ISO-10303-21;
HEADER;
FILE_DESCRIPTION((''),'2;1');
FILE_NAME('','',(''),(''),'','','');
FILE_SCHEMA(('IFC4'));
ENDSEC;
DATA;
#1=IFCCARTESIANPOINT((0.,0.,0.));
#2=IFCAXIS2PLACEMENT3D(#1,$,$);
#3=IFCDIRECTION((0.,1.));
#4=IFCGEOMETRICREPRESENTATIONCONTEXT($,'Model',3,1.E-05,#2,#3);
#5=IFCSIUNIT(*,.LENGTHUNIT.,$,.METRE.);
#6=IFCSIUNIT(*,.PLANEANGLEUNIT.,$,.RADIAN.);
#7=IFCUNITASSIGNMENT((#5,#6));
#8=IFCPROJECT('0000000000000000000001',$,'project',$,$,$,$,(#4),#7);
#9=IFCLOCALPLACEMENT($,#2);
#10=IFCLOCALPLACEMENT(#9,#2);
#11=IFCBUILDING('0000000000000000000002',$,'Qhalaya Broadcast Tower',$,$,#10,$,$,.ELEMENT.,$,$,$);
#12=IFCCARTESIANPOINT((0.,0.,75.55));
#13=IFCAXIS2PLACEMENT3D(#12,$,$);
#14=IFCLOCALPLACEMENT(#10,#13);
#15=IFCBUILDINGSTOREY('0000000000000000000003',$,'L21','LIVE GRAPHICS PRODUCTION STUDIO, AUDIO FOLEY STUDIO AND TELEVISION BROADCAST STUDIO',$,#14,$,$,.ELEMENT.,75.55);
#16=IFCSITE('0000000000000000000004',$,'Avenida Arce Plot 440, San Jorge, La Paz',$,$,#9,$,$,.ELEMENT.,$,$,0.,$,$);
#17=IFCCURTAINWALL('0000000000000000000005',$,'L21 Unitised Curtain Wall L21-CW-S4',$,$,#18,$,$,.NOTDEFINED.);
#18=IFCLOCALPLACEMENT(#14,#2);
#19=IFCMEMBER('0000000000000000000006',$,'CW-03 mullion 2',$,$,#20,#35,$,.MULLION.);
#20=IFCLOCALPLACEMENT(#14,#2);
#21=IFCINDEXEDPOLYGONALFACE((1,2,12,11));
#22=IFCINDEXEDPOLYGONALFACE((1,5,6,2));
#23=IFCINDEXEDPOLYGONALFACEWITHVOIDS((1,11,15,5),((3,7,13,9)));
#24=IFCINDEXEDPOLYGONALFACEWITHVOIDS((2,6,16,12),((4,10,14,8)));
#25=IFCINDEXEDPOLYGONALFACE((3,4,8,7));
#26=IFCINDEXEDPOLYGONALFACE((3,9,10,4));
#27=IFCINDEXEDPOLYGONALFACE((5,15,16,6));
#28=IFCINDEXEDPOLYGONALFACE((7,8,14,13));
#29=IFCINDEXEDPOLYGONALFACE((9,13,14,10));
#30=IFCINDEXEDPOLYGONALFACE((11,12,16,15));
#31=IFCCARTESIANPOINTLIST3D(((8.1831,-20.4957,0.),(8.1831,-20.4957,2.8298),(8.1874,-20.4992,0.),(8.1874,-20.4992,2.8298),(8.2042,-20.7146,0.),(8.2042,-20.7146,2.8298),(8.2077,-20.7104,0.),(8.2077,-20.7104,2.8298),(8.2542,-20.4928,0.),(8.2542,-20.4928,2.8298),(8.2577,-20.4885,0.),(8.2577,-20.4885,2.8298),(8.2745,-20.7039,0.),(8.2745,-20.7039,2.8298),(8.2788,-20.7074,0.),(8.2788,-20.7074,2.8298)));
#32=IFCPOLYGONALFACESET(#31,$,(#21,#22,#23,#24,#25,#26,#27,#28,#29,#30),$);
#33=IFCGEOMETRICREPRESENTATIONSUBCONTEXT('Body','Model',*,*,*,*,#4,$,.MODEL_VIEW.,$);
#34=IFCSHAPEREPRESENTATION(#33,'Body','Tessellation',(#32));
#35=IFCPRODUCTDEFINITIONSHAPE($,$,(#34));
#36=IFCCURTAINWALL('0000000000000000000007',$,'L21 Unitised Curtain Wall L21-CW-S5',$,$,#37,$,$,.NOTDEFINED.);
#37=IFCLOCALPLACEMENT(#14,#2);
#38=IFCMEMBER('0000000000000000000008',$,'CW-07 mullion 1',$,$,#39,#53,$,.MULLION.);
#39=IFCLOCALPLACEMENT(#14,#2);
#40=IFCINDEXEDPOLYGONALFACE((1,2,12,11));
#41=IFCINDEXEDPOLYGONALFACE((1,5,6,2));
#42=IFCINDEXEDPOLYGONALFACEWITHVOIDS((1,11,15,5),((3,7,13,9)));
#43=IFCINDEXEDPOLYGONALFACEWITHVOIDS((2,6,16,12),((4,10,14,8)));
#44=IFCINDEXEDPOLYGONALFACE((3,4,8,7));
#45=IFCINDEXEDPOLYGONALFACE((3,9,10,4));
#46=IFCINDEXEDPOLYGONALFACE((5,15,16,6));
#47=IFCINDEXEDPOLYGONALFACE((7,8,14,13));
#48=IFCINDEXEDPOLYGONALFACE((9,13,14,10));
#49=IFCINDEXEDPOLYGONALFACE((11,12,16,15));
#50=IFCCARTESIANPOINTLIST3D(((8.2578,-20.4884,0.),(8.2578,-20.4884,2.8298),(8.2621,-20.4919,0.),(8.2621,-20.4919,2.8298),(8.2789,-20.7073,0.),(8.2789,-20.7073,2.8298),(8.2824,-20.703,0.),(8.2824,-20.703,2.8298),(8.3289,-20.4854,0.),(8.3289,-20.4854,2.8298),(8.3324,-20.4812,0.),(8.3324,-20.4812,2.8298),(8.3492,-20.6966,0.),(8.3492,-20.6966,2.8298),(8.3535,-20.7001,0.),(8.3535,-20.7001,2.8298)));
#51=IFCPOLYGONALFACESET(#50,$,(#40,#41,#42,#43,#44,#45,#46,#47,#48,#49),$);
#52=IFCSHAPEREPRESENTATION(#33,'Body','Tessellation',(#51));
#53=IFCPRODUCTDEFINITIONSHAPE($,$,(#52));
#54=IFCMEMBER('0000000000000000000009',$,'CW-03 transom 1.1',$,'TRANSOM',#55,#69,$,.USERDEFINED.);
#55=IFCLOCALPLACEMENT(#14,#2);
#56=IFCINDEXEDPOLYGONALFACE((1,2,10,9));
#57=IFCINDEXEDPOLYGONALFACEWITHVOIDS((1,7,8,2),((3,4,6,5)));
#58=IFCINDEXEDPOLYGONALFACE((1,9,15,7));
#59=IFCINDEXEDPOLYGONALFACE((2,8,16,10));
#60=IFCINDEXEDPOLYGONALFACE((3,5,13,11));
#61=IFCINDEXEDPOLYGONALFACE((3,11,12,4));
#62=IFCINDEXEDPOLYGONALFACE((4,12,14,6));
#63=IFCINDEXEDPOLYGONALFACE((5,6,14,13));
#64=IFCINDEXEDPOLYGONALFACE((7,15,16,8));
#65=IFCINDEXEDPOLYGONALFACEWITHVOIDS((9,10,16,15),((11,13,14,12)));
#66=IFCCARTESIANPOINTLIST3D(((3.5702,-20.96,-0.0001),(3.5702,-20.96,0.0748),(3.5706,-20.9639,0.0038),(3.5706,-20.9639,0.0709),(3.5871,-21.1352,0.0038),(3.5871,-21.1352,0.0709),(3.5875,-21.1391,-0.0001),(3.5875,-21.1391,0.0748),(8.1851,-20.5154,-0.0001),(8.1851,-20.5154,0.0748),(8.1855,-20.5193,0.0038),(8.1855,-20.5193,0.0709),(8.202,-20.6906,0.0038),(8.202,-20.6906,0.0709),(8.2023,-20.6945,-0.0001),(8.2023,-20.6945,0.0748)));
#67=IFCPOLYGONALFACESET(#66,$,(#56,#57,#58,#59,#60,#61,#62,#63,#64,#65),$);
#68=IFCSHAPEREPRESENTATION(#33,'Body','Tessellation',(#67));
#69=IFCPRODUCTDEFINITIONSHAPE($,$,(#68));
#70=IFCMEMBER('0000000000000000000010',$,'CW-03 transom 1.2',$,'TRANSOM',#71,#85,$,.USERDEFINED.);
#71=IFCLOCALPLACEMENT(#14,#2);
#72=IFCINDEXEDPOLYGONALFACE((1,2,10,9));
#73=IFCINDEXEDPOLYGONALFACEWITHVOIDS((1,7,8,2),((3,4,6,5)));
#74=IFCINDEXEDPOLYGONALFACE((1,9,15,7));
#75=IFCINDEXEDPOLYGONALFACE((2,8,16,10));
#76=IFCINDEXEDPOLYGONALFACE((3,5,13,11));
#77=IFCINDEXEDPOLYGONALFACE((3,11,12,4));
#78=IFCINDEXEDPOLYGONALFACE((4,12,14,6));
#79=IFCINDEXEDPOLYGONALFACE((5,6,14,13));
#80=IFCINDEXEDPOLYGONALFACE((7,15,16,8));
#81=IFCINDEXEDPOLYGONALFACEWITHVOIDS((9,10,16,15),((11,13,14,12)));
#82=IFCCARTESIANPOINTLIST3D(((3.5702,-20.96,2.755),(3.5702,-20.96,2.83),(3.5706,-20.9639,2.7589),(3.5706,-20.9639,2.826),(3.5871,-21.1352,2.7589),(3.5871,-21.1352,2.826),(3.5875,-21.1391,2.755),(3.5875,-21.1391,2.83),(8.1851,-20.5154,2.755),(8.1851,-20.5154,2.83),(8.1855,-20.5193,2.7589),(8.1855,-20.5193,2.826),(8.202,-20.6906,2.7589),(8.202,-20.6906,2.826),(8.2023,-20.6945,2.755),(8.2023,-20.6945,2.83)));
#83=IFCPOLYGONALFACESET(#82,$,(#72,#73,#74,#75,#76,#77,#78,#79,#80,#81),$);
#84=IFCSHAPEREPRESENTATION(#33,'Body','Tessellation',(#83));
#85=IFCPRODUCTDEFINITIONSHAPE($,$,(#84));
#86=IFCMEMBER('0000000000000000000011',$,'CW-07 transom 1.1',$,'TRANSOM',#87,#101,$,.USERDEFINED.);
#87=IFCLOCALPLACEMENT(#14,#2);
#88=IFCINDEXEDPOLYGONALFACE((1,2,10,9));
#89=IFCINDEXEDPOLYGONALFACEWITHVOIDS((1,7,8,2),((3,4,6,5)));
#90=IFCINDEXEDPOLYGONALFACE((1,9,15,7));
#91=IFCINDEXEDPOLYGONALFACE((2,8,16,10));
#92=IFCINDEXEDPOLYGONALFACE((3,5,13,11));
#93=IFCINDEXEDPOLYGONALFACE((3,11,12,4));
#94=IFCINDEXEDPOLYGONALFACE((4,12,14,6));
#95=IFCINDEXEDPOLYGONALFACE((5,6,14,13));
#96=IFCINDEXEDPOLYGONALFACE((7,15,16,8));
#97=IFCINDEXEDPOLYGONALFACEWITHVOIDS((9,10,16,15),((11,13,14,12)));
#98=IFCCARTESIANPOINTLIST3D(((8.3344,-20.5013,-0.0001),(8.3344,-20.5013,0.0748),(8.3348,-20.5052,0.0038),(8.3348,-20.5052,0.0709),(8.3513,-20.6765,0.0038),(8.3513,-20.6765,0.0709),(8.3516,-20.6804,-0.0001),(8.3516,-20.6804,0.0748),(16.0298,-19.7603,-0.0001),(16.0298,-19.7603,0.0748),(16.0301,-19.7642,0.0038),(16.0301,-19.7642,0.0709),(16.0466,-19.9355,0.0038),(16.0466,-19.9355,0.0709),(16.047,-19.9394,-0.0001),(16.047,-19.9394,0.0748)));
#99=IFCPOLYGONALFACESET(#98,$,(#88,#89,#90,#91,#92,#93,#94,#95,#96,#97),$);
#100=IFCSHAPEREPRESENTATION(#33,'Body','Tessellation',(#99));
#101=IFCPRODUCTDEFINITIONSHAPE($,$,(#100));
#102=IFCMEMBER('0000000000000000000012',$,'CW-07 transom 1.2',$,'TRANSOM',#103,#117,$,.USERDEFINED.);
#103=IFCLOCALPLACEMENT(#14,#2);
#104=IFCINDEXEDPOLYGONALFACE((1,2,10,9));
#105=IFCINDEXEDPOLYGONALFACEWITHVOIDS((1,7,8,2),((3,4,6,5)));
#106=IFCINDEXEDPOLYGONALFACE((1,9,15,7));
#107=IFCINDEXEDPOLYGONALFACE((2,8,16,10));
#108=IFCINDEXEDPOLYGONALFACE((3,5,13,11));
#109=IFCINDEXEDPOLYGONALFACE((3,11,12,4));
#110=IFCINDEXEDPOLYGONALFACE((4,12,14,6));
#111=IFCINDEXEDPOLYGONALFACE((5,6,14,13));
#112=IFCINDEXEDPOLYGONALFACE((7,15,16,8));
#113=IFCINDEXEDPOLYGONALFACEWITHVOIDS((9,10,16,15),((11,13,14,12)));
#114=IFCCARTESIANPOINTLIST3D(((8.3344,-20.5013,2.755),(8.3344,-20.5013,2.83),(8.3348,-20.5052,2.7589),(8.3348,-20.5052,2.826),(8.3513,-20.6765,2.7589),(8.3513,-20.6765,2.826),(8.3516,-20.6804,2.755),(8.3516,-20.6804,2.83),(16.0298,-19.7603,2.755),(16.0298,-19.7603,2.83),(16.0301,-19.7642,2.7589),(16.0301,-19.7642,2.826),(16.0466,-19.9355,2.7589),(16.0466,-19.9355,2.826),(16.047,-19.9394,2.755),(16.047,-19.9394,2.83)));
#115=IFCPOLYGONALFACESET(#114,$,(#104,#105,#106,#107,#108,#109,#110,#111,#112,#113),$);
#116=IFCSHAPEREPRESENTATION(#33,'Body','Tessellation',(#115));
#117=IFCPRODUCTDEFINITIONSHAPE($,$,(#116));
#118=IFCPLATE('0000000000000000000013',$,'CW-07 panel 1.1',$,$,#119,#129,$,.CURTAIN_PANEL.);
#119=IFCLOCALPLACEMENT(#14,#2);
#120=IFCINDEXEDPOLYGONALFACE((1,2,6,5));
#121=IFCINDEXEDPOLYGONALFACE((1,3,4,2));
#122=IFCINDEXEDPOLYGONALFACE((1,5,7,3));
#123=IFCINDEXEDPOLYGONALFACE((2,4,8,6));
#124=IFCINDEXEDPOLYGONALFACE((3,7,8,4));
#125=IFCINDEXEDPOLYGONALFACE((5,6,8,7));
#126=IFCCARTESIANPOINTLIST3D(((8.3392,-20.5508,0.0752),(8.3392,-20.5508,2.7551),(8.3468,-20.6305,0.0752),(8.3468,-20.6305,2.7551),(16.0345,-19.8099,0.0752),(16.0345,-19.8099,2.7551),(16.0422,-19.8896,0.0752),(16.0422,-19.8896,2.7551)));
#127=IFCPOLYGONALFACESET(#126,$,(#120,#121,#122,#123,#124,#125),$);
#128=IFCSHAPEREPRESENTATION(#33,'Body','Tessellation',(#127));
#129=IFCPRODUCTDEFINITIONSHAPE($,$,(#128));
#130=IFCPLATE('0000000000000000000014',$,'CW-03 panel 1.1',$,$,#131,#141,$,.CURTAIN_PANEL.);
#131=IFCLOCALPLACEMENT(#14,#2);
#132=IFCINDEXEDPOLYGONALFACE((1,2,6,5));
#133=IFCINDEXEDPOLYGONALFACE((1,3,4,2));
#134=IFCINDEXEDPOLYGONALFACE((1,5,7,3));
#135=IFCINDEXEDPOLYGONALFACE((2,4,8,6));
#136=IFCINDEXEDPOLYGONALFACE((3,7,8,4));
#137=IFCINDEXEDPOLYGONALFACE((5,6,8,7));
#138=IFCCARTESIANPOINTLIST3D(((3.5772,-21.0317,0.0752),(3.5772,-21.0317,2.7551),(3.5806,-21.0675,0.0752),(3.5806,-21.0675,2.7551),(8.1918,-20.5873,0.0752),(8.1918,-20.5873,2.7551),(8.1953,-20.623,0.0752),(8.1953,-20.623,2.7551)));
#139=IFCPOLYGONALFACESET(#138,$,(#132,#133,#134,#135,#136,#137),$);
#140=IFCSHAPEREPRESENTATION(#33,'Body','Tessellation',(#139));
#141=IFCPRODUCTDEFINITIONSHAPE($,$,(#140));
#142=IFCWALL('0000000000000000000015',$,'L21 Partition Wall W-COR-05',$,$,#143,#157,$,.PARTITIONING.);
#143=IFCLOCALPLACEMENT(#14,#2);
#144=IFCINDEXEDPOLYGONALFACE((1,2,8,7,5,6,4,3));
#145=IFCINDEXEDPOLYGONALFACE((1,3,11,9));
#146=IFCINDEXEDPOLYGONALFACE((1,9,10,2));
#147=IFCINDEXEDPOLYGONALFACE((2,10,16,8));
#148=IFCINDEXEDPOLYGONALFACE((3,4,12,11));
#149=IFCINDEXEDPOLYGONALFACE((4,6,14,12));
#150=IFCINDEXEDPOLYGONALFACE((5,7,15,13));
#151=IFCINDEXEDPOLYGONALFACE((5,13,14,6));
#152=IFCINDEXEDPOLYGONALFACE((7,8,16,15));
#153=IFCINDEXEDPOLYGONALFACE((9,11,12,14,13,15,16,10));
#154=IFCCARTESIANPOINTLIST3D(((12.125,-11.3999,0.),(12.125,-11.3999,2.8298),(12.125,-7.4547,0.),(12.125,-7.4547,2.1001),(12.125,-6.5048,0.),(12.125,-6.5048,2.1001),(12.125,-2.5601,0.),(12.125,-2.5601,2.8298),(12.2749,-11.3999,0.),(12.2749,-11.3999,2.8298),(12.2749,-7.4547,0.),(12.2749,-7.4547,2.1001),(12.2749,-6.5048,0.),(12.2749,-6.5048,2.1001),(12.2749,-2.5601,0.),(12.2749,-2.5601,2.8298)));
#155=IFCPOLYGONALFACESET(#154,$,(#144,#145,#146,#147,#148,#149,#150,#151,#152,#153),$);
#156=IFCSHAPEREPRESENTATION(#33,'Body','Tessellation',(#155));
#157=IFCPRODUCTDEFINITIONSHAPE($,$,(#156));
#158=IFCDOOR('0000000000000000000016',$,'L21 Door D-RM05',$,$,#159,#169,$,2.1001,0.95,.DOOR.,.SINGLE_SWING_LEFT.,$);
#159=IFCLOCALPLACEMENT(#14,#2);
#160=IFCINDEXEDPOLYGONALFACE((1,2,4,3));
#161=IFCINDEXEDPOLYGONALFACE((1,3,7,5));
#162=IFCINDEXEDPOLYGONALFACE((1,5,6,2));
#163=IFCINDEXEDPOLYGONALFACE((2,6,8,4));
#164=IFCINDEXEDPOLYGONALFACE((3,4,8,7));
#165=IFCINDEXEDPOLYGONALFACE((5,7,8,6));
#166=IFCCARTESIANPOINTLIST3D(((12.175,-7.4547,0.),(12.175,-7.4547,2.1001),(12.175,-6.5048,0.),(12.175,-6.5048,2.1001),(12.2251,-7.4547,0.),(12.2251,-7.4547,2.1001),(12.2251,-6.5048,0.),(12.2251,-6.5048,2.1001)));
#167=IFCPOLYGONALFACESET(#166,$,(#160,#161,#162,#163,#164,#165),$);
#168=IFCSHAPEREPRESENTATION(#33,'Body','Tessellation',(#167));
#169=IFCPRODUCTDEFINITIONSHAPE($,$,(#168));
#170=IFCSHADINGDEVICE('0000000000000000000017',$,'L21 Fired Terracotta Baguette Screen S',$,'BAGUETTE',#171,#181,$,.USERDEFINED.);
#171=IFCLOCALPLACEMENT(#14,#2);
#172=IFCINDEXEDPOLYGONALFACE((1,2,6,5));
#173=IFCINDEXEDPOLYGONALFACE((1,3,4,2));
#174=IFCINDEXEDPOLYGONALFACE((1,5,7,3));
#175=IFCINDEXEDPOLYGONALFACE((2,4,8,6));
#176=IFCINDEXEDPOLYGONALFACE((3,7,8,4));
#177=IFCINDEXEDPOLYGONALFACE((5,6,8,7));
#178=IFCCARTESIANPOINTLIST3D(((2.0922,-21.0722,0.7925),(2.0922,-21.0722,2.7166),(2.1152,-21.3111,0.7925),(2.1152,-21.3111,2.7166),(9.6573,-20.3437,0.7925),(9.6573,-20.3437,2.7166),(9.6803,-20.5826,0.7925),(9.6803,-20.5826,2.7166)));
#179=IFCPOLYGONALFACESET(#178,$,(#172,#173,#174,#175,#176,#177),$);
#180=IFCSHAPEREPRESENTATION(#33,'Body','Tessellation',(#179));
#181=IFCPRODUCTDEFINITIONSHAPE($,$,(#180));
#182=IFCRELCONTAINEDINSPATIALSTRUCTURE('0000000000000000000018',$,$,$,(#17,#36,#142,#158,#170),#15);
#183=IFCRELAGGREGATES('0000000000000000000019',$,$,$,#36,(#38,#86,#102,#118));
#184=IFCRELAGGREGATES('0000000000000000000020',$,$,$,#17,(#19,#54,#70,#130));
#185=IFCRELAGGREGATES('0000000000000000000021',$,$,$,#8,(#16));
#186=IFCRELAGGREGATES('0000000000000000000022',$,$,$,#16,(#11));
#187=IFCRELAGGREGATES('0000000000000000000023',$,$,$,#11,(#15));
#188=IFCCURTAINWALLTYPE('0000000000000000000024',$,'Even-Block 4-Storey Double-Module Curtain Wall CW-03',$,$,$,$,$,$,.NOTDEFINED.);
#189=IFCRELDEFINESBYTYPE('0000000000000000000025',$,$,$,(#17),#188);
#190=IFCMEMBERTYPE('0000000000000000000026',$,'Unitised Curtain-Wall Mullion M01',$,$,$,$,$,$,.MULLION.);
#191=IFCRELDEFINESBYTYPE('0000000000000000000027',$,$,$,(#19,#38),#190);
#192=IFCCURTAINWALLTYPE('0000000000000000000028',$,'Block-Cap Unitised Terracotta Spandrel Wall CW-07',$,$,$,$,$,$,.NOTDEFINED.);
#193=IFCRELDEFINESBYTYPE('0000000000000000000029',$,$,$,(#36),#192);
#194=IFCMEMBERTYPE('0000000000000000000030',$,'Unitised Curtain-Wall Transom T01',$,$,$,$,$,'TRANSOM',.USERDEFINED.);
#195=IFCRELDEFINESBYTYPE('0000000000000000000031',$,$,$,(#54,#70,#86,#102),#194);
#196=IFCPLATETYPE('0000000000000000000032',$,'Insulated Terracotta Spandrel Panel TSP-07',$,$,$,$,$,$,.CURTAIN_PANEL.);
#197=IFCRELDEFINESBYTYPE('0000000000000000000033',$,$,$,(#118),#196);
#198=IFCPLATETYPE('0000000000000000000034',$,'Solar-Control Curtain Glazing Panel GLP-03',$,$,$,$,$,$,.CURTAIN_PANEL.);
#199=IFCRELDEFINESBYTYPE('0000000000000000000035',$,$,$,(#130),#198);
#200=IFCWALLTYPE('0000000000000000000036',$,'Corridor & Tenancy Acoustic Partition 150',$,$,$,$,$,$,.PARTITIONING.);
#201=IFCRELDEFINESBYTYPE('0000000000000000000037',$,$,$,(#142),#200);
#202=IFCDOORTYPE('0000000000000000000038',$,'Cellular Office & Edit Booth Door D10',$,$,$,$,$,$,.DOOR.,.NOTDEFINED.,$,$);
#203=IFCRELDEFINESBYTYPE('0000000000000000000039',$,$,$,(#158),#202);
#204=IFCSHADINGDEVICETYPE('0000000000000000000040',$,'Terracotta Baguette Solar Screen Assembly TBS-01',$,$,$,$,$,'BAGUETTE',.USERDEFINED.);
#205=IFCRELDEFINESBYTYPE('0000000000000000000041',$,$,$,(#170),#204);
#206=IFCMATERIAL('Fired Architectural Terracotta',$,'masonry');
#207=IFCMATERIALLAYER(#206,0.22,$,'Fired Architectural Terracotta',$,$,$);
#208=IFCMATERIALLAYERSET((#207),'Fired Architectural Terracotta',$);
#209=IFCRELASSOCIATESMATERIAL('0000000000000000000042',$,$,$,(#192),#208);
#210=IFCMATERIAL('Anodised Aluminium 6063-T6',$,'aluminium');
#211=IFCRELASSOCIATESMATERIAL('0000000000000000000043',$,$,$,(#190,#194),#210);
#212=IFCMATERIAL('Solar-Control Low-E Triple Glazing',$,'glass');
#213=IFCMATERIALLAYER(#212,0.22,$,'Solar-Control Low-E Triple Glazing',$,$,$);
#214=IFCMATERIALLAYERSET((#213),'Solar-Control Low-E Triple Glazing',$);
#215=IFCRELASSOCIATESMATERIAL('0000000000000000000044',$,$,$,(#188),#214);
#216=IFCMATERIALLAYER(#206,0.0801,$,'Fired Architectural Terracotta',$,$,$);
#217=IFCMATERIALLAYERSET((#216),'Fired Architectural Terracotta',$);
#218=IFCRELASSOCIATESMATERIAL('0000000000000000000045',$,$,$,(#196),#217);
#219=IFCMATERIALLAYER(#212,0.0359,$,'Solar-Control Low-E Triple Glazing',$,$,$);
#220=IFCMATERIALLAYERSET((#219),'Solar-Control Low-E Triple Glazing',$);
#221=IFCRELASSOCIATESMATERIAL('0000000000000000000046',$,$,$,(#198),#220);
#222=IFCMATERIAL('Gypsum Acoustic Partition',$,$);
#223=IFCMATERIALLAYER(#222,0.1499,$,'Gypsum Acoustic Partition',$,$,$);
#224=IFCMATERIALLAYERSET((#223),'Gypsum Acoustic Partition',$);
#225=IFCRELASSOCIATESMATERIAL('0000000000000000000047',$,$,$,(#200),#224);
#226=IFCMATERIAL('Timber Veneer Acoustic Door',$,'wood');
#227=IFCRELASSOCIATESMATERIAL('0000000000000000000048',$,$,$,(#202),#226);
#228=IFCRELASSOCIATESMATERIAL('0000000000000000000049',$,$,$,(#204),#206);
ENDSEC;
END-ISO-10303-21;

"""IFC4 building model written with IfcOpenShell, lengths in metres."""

from ifc_helpers import new_model, si_unit, direction, frame, frame_2d, origin, origin_2d, place, context, subcontext, project, spatial, rectangle, hollow_rectangle, extrude, material, layer, layer_set, material_profile, profile_set, type_object, element, fill, aggregate, save


model = new_model("IFC4")

# Units and contexts
model_context = context("Model", 3, precision=1e-05, world=origin(), true_north=direction((0.0, 1.0)))
body_context = subcontext(model_context, "Body", "Model", "MODEL_VIEW")
ifc_project = project(units=[si_unit("LENGTHUNIT", "METRE"), si_unit("PLANEANGLEUNIT", "RADIAN")], contexts=[model_context])

# Site, building, storey
site_placement = place(None, origin())
site = spatial("IfcSite", under=ifc_project, at=site_placement, Name="Avenida Arce Plot 440, San Jorge, La Paz", CompositionType="ELEMENT", RefElevation=0.0)
building_placement = place(site_placement, origin())
building = spatial("IfcBuilding", under=site, at=building_placement, Name="Qhalaya Broadcast Tower", CompositionType="ELEMENT")
storey_placement = place(building_placement, frame((0.0, 0.0, 75.55)))
storey = spatial("IfcBuildingStorey", under=building, at=storey_placement, Name="L21", Description="LIVE GRAPHICS PRODUCTION STUDIO, AUDIO FOLEY STUDIO AND TELEVISION BROADCAST STUDIO", CompositionType="ELEMENT", Elevation=75.55)

# Shared definitions
ifc_material_1 = material(Name="Fired Architectural Terracotta", Category="masonry")
ifc_layer_1 = layer(ifc_material_1, 0.22, Name="Fired Architectural Terracotta")
ifc_layer_set_1 = layer_set([ifc_layer_1], Name="Fired Architectural Terracotta")
curtain_wall_type_1 = type_object("IfcCurtainWallType", Name="Block-Cap Unitised Terracotta Spandrel Wall CW-07", PredefinedType="NOTDEFINED", material=ifc_layer_set_1)
ifc_material_2 = material(Name="Anodised Aluminium 6063-T6", Category="aluminium")
ifc_material_profile_1 = material_profile(ifc_material_2, hollow_rectangle(XDim=0.075, YDim=0.22, WallThickness=0.0039, at=origin_2d()), Name="ALU-MUL 75x220x4")
ifc_profile_set_1 = profile_set([ifc_material_profile_1], Name="Anodised Aluminium 6063-T6")
member_type_1 = type_object("IfcMemberType", Name="Unitised Curtain-Wall Mullion M01", PredefinedType="MULLION", material=ifc_profile_set_1)

# Curtain wall, member
ifc_material_3 = material(Name="Solar-Control Low-E Triple Glazing", Category="glass")
ifc_layer_2 = layer(ifc_material_3, 0.22, Name="Solar-Control Low-E Triple Glazing")
ifc_layer_set_2 = layer_set([ifc_layer_2], Name="Solar-Control Low-E Triple Glazing")
curtain_wall_type_2 = type_object("IfcCurtainWallType", Name="Even-Block 4-Storey Double-Module Curtain Wall CW-03", PredefinedType="NOTDEFINED", material=ifc_layer_set_2)
curtain_wall_1_placement = place(storey_placement, origin())
curtain_wall_1 = element("IfcCurtainWall", 1, at=curtain_wall_1_placement, inside=storey, type_object=curtain_wall_type_2, Name="L21 Unitised Curtain Wall L21-CW-S4", PredefinedType="NOTDEFINED")
member_1_placement = place(storey_placement, frame((8.231, -20.6016, 0.0), z_axis=(0.0, 0.0, 1.0), x_axis=(0.995395, 0.095862, 0.0)))
member_1 = element("IfcMember", 2, at=member_1_placement, type_object=member_type_1, Name="CW-03 mullion 2", PredefinedType="MULLION", context=body_context, shape_type="SweptSolid", body=[
    extrude(hollow_rectangle(XDim=0.075, YDim=0.22, WallThickness=0.0039, at=origin_2d()), origin(), (0.0, 0.0, 1.0), 2.8298),
])

# Curtain wall, member
curtain_wall_2_placement = place(storey_placement, origin())
curtain_wall_2 = element("IfcCurtainWall", 3, at=curtain_wall_2_placement, inside=storey, type_object=curtain_wall_type_1, Name="L21 Unitised Curtain Wall L21-CW-S5", PredefinedType="NOTDEFINED")
member_2_placement = place(storey_placement, frame((8.3057, -20.5942, 0.0), z_axis=(0.0, 0.0, 1.0), x_axis=(0.995397, 0.095838, 0.0)))
member_2 = element("IfcMember", 4, at=member_2_placement, type_object=member_type_1, Name="CW-07 mullion 1", PredefinedType="MULLION", context=body_context, shape_type="SweptSolid", body=[
    extrude(hollow_rectangle(XDim=0.075, YDim=0.22, WallThickness=0.0039, at=origin_2d()), origin(), (0.0, 0.0, 1.0), 2.8298),
])

# Members
ifc_material_profile_2 = material_profile(ifc_material_2, hollow_rectangle(XDim=0.075, YDim=0.1799, WallThickness=0.0039, at=origin_2d()), Name="ALU-TRN 75x180x4")
ifc_profile_set_2 = profile_set([ifc_material_profile_2], Name="Anodised Aluminium 6063-T6")
member_type_2 = type_object("IfcMemberType", Name="Unitised Curtain-Wall Transom T01", ElementType="TRANSOM", PredefinedType="USERDEFINED", material=ifc_profile_set_2)
member_3_placement = place(storey_placement, frame((3.5789, -21.0496, 0.0374), z_axis=(0.995391, 0.095895, 0.0), x_axis=(0.0, 0.0, 1.0)))
member_3 = element("IfcMember", 5, at=member_3_placement, type_object=member_type_2, Name="CW-03 transom 1.1", ObjectType="TRANSOM", PredefinedType="USERDEFINED", context=body_context, shape_type="SweptSolid", body=[
    extrude(hollow_rectangle(XDim=0.075, YDim=0.1799, WallThickness=0.0039, at=origin_2d()), origin(), (0.0, 0.0, 1.0), 4.6362),
])
member_4_placement = place(storey_placement, frame((3.5789, -21.0496, 2.7925), z_axis=(0.995391, 0.095895, 0.0), x_axis=(0.0, 0.0, 1.0)))
member_4 = element("IfcMember", 6, at=member_4_placement, type_object=member_type_2, Name="CW-03 transom 1.2", ObjectType="TRANSOM", PredefinedType="USERDEFINED", context=body_context, shape_type="SweptSolid", body=[
    extrude(hollow_rectangle(XDim=0.075, YDim=0.1799, WallThickness=0.0039, at=origin_2d()), origin(), (0.0, 0.0, 1.0), 4.6362),
])
member_5_placement = place(storey_placement, frame((8.343, -20.5908, 0.0374), z_axis=(0.995396, 0.095845, 0.0), x_axis=(0.0, 0.0, 1.0)))
member_5 = element("IfcMember", 7, at=member_5_placement, type_object=member_type_2, Name="CW-07 transom 1.1", ObjectType="TRANSOM", PredefinedType="USERDEFINED", context=body_context, shape_type="SweptSolid", body=[
    extrude(hollow_rectangle(XDim=0.075, YDim=0.1799, WallThickness=0.0039, at=origin_2d()), origin(), (0.0, 0.0, 1.0), 7.731),
])
member_6_placement = place(storey_placement, frame((8.343, -20.5908, 2.7925), z_axis=(0.995396, 0.095845, 0.0), x_axis=(0.0, 0.0, 1.0)))
member_6 = element("IfcMember", 8, at=member_6_placement, type_object=member_type_2, Name="CW-07 transom 1.2", ObjectType="TRANSOM", PredefinedType="USERDEFINED", context=body_context, shape_type="SweptSolid", body=[
    extrude(hollow_rectangle(XDim=0.075, YDim=0.1799, WallThickness=0.0039, at=origin_2d()), origin(), (0.0, 0.0, 1.0), 7.731),
])

# Plates
ifc_layer_3 = layer(ifc_material_1, 0.0801, Name="Fired Architectural Terracotta")
ifc_layer_set_3 = layer_set([ifc_layer_3], Name="Fired Architectural Terracotta")
plate_type_1 = type_object("IfcPlateType", Name="Insulated Terracotta Spandrel Panel TSP-07", PredefinedType="CURTAIN_PANEL", material=ifc_layer_set_3)
plate_1_placement = place(storey_placement, frame((12.1907, -20.2202, 0.0752), z_axis=(0.0, 0.0, 1.0), x_axis=(0.995397, 0.095838, 0.0)))
plate_1 = element("IfcPlate", 9, at=plate_1_placement, type_object=plate_type_1, Name="CW-07 panel 1.1", PredefinedType="CURTAIN_PANEL", context=body_context, shape_type="SweptSolid", body=[
    extrude(rectangle(XDim=7.731, YDim=0.0801, at=origin_2d()), origin(), (0.0, 0.0, 1.0), 2.6799),
])
aggregate(curtain_wall_2, [member_2, member_5, member_6, plate_1])
ifc_layer_4 = layer(ifc_material_3, 0.0359, Name="Solar-Control Low-E Triple Glazing")
ifc_layer_set_4 = layer_set([ifc_layer_4], Name="Solar-Control Low-E Triple Glazing")
plate_type_2 = type_object("IfcPlateType", Name="Solar-Control Curtain Glazing Panel GLP-03", PredefinedType="CURTAIN_PANEL", material=ifc_layer_set_4)
plate_2_placement = place(storey_placement, frame((5.8862, -20.8274, 0.0752), z_axis=(0.0, 0.0, 1.0), x_axis=(0.995395, 0.095862, 0.0)))
plate_2 = element("IfcPlate", 10, at=plate_2_placement, type_object=plate_type_2, Name="CW-03 panel 1.1", PredefinedType="CURTAIN_PANEL", context=body_context, shape_type="SweptSolid", body=[
    extrude(rectangle(XDim=4.636, YDim=0.0359, at=origin_2d()), origin(), (0.0, 0.0, 1.0), 2.6799),
])
aggregate(curtain_wall_1, [member_1, member_3, member_4, plate_2])

# Wall, opening, door
ifc_material_4 = material(Name="Gypsum Acoustic Partition")
ifc_layer_5 = layer(ifc_material_4, 0.1499, Name="Gypsum Acoustic Partition")
ifc_layer_set_5 = layer_set([ifc_layer_5], Name="Gypsum Acoustic Partition")
wall_type = type_object("IfcWallType", Name="Corridor & Tenancy Acoustic Partition 150", PredefinedType="PARTITIONING", material=ifc_layer_set_5)
wall_placement = place(storey_placement, frame((12.2, -11.3999, 0.0), z_axis=(0.0, 0.0, 1.0), x_axis=(0.0, 1.0, 0.0)))
wall = element("IfcWall", 11, at=wall_placement, inside=storey, type_object=wall_type, Name="L21 Partition Wall W-COR-05", PredefinedType="PARTITIONING", context=body_context, shape_type="SweptSolid", body=[
    extrude(rectangle(XDim=8.8398, YDim=0.1499, at=frame_2d((4.4199, 0.0))), origin(), (0.0, 0.0, 1.0), 2.8298),
])
opening_placement = place(wall_placement, frame((3.9451, 0.0, 0.0)))
opening = element("IfcOpeningElement", 12, at=opening_placement, cuts=wall, PredefinedType="OPENING", context=body_context, shape_type="SweptSolid", body=[
    extrude(rectangle(XDim=0.95, YDim=2.1001, at=frame_2d((0.4751, 1.05))), frame((0.0, 0.0869, 0.0), z_axis=(0.0, -1.0, 0.0), x_axis=(1.0, 0.0, 0.0)), (0.0, 0.0, 1.0), 0.1738),
])
ifc_material_5 = material(Name="Timber Veneer Acoustic Door", Category="wood")
door_type = type_object("IfcDoorType", Name="Cellular Office & Edit Booth Door D10", OperationType="NOTDEFINED", PredefinedType="DOOR", material=ifc_material_5)
door_placement = place(opening_placement, origin())
door = element("IfcDoor", 13, at=door_placement, inside=storey, type_object=door_type, Name="L21 Door D-RM05", OperationType="SINGLE_SWING_LEFT", OverallHeight=2.1001, OverallWidth=0.95, PredefinedType="DOOR", context=body_context, shape_type="SweptSolid", body=[
    extrude(rectangle(XDim=0.95, YDim=2.1001, at=frame_2d((0.4751, 1.05))), frame((0.0, 0.0249, 0.0), z_axis=(0.0, -1.0, 0.0), x_axis=(1.0, 0.0, 0.0)), (0.0, 0.0, 1.0), 0.05),
])
fill(opening, door)

# Shading device
shading_device_type = type_object("IfcShadingDeviceType", Name="Terracotta Baguette Solar Screen Assembly TBS-01", ElementType="BAGUETTE", PredefinedType="USERDEFINED", material=ifc_material_1)
shading_device_placement = place(storey_placement, frame((5.8862, -20.8274, 0.7925), z_axis=(0.0, 0.0, 1.0), x_axis=(0.995396, 0.095846, 0.0)))
element("IfcShadingDevice", 14, at=shading_device_placement, inside=storey, type_object=shading_device_type, Name="L21 Fired Terracotta Baguette Screen S", ObjectType="BAGUETTE", PredefinedType="USERDEFINED", context=body_context, shape_type="SweptSolid", body=[
    extrude(rectangle(XDim=7.6001, YDim=0.24, at=origin_2d()), origin(), (0.0, 0.0, 1.0), 1.9241),
])

save(model, "model.ifc")
